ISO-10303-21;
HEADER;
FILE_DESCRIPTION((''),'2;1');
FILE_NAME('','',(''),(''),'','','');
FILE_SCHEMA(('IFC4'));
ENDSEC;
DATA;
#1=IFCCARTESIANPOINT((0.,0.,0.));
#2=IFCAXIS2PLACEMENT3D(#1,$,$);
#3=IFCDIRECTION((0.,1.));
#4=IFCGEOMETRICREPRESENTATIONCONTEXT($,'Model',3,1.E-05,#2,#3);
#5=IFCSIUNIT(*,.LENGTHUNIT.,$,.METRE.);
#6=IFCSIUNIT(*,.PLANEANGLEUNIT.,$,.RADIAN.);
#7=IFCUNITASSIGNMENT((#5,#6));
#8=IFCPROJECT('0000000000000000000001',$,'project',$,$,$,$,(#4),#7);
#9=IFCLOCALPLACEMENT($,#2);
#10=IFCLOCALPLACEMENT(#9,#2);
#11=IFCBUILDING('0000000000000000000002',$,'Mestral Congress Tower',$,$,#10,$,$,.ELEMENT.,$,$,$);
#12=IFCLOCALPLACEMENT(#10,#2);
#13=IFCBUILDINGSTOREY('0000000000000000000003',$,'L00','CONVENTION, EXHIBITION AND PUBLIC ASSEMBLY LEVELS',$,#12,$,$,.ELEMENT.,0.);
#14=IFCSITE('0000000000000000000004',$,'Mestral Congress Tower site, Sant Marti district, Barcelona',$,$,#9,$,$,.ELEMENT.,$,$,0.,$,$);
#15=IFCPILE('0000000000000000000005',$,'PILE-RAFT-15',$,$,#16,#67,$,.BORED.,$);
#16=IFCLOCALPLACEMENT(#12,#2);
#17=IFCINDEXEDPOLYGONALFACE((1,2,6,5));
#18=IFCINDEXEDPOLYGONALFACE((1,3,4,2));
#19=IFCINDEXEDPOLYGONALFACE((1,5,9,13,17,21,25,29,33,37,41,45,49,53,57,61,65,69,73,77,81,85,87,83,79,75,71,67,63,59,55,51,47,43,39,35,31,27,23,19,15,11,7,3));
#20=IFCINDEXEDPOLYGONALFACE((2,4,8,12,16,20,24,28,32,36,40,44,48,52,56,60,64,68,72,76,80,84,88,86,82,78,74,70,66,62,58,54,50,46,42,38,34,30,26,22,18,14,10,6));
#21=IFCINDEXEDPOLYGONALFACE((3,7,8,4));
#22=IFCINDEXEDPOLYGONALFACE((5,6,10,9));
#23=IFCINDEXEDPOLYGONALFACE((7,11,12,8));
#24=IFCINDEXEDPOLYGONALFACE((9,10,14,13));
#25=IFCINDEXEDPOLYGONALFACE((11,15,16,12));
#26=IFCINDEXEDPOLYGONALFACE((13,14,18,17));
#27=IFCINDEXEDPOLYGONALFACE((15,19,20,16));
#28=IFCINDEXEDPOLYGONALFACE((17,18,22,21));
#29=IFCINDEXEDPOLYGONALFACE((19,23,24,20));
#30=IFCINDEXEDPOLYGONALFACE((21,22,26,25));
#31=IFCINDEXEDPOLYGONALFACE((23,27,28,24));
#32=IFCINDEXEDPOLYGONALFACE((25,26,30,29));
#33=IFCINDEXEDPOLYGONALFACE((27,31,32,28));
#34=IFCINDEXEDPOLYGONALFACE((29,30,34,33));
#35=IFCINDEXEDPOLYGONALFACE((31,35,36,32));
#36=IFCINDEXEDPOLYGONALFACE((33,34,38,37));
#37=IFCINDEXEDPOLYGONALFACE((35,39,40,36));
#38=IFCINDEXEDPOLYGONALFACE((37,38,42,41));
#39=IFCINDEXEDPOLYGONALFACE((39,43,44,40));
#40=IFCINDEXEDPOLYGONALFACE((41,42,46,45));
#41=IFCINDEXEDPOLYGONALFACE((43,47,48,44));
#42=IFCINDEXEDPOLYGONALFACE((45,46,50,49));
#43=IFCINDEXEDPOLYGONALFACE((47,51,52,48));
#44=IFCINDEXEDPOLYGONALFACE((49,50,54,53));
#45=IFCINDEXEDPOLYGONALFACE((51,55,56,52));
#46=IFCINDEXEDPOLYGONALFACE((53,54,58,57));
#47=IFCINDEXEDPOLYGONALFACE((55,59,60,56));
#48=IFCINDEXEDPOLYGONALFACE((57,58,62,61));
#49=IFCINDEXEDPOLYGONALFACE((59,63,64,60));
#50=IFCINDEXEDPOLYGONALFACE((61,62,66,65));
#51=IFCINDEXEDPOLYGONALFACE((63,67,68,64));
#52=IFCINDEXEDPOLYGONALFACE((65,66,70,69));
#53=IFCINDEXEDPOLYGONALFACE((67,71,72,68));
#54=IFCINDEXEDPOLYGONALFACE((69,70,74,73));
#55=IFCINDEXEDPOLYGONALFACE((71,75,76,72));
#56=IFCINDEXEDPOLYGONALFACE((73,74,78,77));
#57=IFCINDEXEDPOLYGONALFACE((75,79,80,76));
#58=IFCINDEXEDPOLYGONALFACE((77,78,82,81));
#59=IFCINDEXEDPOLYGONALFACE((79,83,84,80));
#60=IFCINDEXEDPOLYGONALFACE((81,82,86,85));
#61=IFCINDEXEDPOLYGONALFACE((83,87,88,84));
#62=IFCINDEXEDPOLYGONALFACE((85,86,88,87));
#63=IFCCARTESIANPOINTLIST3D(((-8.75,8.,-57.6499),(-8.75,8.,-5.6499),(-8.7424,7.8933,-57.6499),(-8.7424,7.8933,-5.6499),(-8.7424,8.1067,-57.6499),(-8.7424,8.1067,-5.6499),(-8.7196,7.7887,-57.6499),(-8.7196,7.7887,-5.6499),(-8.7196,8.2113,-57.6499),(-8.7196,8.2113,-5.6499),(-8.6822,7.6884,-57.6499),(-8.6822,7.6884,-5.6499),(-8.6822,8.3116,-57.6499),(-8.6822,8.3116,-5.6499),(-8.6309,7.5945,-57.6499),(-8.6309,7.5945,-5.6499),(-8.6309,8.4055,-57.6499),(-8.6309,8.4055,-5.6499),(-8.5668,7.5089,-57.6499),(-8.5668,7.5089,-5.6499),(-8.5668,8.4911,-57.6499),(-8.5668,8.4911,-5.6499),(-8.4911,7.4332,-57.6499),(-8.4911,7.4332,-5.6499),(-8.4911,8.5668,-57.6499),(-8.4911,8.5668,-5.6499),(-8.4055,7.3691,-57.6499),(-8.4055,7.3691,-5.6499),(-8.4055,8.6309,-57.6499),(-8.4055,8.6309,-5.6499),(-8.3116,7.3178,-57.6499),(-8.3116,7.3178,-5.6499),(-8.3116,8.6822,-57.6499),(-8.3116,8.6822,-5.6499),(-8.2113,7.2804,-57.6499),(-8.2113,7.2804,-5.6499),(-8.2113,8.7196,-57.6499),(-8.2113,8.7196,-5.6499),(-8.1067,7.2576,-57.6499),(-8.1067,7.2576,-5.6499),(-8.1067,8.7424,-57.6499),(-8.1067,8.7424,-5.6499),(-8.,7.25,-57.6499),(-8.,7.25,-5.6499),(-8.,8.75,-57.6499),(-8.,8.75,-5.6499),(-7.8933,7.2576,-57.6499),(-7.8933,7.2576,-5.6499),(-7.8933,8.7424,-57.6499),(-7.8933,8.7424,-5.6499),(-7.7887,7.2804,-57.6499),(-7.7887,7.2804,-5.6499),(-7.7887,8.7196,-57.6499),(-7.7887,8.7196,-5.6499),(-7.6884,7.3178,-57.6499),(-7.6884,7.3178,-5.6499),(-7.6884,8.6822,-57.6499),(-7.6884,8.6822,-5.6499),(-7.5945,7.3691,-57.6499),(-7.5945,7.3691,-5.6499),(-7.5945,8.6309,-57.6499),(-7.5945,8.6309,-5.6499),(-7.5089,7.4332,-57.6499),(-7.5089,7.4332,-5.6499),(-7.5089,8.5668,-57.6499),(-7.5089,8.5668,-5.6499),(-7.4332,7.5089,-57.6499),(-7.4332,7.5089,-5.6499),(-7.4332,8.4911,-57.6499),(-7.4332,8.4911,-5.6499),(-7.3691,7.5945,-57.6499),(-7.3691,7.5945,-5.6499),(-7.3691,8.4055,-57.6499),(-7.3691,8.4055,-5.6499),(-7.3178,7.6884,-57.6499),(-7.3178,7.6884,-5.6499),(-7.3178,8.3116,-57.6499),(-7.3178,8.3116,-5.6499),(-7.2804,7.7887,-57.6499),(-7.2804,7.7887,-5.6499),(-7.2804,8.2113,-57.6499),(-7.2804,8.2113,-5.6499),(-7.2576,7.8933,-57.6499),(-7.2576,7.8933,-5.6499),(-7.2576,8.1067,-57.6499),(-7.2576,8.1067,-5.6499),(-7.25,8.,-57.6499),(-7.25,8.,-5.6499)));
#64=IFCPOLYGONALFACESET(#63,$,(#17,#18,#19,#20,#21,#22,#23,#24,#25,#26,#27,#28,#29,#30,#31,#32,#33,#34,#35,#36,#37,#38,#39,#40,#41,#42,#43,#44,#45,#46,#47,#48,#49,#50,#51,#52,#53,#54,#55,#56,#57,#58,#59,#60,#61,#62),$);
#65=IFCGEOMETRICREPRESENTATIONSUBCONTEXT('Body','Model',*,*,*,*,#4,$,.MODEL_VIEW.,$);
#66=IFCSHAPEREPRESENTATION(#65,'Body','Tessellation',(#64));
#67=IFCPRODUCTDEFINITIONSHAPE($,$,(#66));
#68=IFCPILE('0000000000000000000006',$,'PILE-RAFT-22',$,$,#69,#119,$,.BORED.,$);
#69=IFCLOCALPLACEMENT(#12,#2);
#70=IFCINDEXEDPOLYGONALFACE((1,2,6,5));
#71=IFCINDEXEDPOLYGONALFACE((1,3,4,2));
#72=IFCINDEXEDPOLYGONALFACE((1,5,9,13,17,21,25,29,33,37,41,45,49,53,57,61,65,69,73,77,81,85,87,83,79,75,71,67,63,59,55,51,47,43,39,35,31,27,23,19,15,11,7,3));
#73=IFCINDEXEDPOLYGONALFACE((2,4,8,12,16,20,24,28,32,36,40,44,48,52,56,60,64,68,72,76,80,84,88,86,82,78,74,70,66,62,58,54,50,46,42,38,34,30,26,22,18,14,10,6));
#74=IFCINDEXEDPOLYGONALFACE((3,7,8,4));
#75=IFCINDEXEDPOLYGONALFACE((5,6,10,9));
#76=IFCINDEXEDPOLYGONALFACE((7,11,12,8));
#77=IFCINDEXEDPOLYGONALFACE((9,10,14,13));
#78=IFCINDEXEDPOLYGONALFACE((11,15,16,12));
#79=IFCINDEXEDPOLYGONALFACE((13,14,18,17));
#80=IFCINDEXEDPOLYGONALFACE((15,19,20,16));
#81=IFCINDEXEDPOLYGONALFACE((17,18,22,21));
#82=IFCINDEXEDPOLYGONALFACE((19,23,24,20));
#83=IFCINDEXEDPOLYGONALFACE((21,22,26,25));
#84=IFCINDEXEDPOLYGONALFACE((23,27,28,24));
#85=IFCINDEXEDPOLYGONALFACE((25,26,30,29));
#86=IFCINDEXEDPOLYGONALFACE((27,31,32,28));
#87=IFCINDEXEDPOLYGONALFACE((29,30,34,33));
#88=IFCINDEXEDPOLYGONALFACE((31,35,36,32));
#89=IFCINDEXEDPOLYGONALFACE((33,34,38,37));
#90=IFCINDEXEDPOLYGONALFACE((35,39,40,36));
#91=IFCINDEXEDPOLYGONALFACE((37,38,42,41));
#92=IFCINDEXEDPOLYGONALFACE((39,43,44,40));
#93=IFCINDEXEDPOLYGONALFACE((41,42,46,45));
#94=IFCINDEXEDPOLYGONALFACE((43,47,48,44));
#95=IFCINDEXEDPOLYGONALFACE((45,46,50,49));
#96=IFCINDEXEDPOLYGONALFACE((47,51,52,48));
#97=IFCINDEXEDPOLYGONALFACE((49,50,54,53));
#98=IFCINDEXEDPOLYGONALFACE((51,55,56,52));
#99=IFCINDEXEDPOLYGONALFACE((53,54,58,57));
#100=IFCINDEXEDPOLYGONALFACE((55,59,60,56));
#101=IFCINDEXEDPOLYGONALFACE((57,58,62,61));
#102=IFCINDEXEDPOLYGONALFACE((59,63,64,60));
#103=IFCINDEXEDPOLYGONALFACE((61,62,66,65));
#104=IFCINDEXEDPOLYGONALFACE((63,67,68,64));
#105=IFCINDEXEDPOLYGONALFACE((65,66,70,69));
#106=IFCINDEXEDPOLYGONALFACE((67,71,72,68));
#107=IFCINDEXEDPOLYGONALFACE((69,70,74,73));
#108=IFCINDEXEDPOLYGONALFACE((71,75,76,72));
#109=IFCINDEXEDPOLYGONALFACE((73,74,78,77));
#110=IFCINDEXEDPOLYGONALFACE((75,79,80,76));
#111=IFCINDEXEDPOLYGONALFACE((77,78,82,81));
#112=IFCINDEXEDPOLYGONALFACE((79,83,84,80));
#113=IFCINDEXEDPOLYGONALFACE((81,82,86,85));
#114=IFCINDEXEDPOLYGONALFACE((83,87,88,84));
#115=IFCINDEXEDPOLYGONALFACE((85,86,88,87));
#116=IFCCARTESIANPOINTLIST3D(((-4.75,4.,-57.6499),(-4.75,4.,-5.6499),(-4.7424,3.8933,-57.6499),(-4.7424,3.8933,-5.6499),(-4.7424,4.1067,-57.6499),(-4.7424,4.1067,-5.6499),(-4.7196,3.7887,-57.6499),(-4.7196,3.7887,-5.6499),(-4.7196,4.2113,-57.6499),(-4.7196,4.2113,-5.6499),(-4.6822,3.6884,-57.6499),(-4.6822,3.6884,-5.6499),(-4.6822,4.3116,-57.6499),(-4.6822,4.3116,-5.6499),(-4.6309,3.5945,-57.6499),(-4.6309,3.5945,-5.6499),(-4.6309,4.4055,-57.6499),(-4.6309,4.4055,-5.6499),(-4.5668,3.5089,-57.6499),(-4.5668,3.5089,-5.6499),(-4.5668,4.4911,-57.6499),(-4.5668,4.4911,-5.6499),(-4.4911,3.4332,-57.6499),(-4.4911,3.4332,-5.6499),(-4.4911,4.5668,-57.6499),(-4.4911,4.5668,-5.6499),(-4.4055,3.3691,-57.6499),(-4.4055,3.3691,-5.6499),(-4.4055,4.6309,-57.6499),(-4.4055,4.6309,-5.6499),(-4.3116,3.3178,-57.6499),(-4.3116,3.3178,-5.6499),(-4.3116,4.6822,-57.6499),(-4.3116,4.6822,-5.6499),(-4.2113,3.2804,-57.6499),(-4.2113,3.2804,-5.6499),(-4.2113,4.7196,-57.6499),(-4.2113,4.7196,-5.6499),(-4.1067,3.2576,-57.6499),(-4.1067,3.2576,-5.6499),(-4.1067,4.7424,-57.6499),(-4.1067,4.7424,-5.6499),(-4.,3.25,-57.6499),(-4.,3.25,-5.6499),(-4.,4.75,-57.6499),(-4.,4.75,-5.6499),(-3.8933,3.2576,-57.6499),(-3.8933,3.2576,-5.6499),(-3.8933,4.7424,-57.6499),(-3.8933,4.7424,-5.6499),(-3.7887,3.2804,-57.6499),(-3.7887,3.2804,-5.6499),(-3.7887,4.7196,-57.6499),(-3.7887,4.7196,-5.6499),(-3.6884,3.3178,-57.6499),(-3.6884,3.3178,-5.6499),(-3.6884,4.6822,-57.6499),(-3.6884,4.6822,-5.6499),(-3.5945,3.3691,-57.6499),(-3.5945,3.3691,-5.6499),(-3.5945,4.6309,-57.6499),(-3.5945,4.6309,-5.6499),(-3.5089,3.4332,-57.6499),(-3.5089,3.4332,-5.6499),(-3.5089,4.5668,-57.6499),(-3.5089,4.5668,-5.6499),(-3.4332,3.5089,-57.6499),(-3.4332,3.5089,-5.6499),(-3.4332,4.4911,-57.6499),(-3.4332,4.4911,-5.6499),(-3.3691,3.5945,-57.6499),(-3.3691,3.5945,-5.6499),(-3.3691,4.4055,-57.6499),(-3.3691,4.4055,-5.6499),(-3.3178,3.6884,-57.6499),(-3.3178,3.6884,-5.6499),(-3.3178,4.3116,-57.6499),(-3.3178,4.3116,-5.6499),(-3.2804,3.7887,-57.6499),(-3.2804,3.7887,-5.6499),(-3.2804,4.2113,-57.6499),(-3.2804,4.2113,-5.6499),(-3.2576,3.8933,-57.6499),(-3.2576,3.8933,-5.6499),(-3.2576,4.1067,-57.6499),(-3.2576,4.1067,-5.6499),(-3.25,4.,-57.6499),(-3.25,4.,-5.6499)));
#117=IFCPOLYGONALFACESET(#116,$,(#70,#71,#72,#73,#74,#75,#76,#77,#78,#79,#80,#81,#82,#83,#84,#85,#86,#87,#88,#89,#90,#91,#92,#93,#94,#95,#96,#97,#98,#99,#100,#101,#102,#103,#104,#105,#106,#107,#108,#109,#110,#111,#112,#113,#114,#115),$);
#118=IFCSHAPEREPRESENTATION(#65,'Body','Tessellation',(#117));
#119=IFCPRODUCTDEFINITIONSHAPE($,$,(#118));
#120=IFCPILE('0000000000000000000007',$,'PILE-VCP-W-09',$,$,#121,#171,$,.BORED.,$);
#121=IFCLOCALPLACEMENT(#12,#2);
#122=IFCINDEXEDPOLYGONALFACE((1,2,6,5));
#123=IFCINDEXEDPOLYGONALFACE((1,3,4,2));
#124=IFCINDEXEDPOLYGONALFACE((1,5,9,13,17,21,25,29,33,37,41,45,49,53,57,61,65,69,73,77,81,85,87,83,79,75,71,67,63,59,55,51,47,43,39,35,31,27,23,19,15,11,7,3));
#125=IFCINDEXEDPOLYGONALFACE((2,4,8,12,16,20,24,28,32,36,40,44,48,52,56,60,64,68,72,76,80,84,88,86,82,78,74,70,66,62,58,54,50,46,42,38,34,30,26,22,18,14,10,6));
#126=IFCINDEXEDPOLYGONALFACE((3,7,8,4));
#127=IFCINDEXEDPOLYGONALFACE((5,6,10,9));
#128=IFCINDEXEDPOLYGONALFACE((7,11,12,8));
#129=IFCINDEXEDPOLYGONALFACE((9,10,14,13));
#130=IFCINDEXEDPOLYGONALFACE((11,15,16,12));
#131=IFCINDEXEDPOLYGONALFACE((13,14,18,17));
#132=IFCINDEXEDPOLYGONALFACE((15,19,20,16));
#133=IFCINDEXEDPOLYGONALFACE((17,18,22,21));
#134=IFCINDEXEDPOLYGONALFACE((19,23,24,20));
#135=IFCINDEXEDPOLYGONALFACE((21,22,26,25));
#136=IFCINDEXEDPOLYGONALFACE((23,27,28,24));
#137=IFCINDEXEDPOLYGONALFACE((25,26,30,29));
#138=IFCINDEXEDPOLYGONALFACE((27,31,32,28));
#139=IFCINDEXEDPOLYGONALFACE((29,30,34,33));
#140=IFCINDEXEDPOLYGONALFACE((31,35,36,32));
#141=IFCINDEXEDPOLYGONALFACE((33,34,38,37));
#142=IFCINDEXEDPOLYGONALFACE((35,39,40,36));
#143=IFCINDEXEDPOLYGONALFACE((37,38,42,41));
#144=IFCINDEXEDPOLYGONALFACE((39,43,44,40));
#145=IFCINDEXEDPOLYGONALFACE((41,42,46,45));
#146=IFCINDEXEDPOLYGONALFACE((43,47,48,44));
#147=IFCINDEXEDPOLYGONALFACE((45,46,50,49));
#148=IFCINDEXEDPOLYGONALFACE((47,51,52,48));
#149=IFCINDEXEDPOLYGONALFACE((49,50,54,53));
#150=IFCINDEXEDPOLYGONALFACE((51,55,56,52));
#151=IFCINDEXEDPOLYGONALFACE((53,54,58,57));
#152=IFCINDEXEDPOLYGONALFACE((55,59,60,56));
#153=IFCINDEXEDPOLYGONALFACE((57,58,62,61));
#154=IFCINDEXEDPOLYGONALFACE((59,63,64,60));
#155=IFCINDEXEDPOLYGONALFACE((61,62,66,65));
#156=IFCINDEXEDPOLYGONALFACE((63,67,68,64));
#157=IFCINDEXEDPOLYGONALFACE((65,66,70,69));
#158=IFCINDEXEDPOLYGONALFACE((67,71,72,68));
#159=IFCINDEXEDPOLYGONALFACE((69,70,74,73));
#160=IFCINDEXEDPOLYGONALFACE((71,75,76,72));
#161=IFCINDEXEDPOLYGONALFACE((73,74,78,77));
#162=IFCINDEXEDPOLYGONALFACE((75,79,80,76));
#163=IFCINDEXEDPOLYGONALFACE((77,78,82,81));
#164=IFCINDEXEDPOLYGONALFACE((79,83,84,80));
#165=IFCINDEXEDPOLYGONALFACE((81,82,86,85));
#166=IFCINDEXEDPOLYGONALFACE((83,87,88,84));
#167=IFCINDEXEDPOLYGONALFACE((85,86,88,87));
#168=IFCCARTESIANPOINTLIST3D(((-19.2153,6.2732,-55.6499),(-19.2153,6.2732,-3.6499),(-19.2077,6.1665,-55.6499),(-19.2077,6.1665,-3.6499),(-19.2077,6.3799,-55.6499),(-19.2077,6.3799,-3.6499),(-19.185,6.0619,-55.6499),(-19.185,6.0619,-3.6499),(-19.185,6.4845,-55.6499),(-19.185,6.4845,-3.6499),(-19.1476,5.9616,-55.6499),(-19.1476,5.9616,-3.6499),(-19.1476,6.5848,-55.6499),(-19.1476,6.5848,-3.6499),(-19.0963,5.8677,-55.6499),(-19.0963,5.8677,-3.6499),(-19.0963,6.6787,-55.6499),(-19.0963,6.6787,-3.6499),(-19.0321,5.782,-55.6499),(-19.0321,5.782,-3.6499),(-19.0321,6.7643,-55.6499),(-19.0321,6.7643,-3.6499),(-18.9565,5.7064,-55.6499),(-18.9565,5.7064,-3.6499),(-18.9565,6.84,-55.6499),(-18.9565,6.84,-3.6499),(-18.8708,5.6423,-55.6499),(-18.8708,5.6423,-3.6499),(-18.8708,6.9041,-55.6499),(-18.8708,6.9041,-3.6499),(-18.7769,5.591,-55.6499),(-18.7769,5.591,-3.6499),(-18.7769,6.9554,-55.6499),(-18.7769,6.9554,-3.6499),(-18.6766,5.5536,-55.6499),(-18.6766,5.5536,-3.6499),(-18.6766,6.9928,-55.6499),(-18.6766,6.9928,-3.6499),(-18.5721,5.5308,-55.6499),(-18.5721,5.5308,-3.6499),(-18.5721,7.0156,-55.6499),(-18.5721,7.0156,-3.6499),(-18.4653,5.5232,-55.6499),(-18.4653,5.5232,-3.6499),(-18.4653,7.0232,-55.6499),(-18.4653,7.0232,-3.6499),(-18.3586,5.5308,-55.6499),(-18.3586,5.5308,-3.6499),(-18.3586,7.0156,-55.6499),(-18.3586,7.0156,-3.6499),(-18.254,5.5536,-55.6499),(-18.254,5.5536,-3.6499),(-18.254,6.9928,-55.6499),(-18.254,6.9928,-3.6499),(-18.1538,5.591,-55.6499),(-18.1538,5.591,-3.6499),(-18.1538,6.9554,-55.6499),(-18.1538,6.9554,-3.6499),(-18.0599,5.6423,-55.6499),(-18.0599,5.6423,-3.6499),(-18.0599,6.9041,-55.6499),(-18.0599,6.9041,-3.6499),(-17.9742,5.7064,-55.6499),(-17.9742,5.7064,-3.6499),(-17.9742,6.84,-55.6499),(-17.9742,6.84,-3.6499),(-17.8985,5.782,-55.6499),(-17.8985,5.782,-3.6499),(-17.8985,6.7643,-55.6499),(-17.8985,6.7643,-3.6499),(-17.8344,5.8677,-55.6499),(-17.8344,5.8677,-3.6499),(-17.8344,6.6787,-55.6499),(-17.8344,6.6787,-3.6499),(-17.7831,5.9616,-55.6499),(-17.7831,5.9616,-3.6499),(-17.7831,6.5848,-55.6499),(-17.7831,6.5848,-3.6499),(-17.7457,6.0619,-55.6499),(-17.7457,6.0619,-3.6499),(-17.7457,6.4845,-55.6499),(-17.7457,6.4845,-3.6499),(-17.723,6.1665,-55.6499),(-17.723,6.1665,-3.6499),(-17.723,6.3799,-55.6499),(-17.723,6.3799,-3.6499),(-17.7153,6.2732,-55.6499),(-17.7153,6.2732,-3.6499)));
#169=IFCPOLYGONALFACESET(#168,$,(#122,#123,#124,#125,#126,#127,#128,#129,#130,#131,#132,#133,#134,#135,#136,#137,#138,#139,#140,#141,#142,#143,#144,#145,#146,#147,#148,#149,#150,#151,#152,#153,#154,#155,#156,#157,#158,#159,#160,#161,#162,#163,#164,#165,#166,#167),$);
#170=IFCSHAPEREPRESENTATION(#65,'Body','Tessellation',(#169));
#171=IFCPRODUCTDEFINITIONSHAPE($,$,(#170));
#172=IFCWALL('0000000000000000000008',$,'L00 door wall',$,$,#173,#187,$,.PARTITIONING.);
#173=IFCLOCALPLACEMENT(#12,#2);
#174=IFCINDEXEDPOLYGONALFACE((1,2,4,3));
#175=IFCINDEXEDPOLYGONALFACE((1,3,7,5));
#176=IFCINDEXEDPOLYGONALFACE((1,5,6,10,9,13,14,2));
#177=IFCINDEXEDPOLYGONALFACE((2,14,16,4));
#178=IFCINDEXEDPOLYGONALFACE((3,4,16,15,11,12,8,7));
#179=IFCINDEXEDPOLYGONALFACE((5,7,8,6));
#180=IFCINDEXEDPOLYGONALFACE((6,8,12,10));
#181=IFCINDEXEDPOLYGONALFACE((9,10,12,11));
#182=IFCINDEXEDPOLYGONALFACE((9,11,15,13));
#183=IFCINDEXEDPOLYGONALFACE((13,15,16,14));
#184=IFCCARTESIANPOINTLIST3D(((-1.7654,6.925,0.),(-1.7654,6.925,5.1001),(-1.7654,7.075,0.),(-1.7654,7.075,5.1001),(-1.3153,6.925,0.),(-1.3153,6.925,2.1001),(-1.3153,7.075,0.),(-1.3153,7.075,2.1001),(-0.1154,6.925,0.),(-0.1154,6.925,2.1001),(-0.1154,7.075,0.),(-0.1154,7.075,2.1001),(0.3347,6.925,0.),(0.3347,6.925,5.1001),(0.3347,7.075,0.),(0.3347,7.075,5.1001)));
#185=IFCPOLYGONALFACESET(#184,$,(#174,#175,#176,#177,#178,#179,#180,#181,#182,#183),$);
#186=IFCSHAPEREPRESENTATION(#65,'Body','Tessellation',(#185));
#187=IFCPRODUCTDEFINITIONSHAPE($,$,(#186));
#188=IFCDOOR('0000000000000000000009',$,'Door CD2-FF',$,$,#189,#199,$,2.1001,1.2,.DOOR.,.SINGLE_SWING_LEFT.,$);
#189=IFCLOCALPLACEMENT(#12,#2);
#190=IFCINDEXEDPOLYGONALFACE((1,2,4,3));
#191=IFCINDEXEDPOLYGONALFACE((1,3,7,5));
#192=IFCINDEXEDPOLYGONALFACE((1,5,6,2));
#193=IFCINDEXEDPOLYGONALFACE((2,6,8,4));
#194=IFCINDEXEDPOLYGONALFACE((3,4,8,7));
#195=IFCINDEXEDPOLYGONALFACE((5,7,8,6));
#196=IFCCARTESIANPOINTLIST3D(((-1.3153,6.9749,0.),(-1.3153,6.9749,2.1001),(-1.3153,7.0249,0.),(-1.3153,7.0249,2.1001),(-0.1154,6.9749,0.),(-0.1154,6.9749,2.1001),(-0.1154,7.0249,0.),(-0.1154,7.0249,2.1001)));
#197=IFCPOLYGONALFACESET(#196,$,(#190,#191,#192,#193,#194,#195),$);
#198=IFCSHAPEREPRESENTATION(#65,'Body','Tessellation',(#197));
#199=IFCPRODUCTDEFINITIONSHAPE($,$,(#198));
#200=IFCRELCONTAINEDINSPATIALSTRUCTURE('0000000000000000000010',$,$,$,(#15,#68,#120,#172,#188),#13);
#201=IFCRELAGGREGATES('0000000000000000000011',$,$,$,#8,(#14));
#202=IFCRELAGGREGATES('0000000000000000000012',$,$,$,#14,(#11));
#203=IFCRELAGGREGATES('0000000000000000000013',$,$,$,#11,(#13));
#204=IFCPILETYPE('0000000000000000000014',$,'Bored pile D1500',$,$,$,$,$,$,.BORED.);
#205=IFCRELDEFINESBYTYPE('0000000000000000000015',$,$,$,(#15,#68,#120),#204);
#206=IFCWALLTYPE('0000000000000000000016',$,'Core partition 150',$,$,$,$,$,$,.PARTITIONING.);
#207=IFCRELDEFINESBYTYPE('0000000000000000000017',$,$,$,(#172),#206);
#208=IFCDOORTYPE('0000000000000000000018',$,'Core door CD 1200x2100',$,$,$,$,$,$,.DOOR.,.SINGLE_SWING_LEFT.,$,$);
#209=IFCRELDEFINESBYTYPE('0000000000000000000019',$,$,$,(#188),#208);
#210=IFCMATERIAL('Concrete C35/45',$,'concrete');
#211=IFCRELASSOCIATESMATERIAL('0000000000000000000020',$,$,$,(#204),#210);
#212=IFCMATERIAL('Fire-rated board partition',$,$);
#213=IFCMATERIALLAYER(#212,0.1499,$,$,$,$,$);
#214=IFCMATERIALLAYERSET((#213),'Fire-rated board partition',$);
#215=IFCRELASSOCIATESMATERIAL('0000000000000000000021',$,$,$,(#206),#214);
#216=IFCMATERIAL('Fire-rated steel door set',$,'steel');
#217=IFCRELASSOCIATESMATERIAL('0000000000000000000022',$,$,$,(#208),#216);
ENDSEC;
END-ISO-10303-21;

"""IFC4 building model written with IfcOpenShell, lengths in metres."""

from ifc_helpers import new_model, si_unit, direction, frame, frame_2d, origin, origin_2d, place, context, subcontext, project, spatial, rectangle, circle, extrude, material, layer, layer_set, material_profile, profile_set, type_object, element, fill, save


model = new_model("IFC4")

# Units and contexts
model_context = context("Model", 3, precision=1e-05, world=origin(), true_north=direction((0.0, 1.0)))
body_context = subcontext(model_context, "Body", "Model", "MODEL_VIEW")
ifc_project = project(units=[si_unit("LENGTHUNIT", "METRE"), si_unit("PLANEANGLEUNIT", "RADIAN")], contexts=[model_context])

# Site, building, storey
site_placement = place(None, origin())
site = spatial("IfcSite", under=ifc_project, at=site_placement, Name="Mestral Congress Tower site, Sant Marti district, Barcelona", CompositionType="ELEMENT", RefElevation=0.0)
building_placement = place(site_placement, origin())
building = spatial("IfcBuilding", under=site, at=building_placement, Name="Mestral Congress Tower", CompositionType="ELEMENT")
storey_placement = place(building_placement, origin())
storey = spatial("IfcBuildingStorey", under=building, at=storey_placement, Name="L00", Description="CONVENTION, EXHIBITION AND PUBLIC ASSEMBLY LEVELS", CompositionType="ELEMENT", Elevation=0.0)

# Piles
ifc_material_1 = material(Name="Concrete C35/45", Category="concrete")
ifc_material_profile = material_profile(ifc_material_1, circle(Radius=0.75, at=origin_2d()), Name="D1500")
ifc_profile_set = profile_set([ifc_material_profile], Name="Concrete C35/45")
pile_type = type_object("IfcPileType", Name="Bored pile D1500", PredefinedType="BORED", material=ifc_profile_set)
for number, where, z_axis, x_axis, name in (
    (1, (-8.0, 8.0, -5.6499), (0.0, 0.0, -1.0), (1.0, 0.0, 0.0), "PILE-RAFT-15"),
    (2, (-4.0, 4.0, -5.6499), (0.0, 0.0, -1.0), (1.0, 0.0, 0.0), "PILE-RAFT-22"),
    (3, (-18.4653, 6.2732, -3.6499), (0.0, 0.0, -1.0), (1.0, 0.0, 0.0), "PILE-VCP-W-09"),
):
    element("IfcPile", number, at=place(storey_placement, frame(where, z_axis=z_axis, x_axis=x_axis)), inside=storey, type_object=pile_type, Name=name, PredefinedType="BORED", context=body_context, shape_type="SweptSolid", body=[
        extrude(circle(Radius=0.75, at=origin_2d()), origin(), (0.0, 0.0, 1.0), 52.0),
    ])

# Wall, opening, door
ifc_material_2 = material(Name="Fire-rated board partition")
ifc_layer_1 = layer(ifc_material_2, 0.1499)
ifc_layer_set_1 = layer_set([ifc_layer_1], Name="Fire-rated board partition")
wall_type_1 = type_object("IfcWallType", Name="Core partition 150", PredefinedType="PARTITIONING", material=ifc_layer_set_1)
wall_1_placement = place(storey_placement, frame((-1.7654, 7.0, 0.0), z_axis=(0.0, 0.0, 1.0), x_axis=(1.0, 0.0, 0.0)))
wall_1 = element("IfcWall", 4, at=wall_1_placement, inside=storey, type_object=wall_type_1, Name="L00 door wall", PredefinedType="PARTITIONING", context=body_context, shape_type="SweptSolid", body=[
    extrude(rectangle(XDim=2.1001, YDim=0.1499, at=frame_2d((1.05, 0.0))), origin(), (0.0, 0.0, 1.0), 5.1001),
])
opening_1_placement = place(wall_1_placement, frame((0.45, 0.0, 0.0)))
opening_1 = element("IfcOpeningElement", 5, at=opening_1_placement, cuts=wall_1, PredefinedType="OPENING", context=body_context, shape_type="SweptSolid", body=[
    extrude(rectangle(XDim=1.2, YDim=2.1001, at=frame_2d((0.6001, 1.05))), frame((0.0, 0.085, 0.0), z_axis=(0.0, -1.0, 0.0), x_axis=(1.0, 0.0, 0.0)), (0.0, 0.0, 1.0), 0.1699),
])
ifc_material_3 = material(Name="Fire-rated steel door set", Category="steel")
door_type_1 = type_object("IfcDoorType", Name="Core door CD 1200x2100", OperationType="SINGLE_SWING_LEFT", PredefinedType="DOOR", material=ifc_material_3)
door_1_placement = place(opening_1_placement, origin())
door_1 = element("IfcDoor", 6, at=door_1_placement, inside=storey, type_object=door_type_1, Name="Door CD2-FF", OperationType="SINGLE_SWING_LEFT", OverallHeight=2.1001, OverallWidth=1.2, PredefinedType="DOOR", context=body_context, shape_type="SweptSolid", body=[
    extrude(rectangle(XDim=1.2, YDim=2.1001, at=frame_2d((0.6001, 1.05))), frame((0.0, 0.0249, 0.0), z_axis=(0.0, -1.0, 0.0), x_axis=(1.0, 0.0, 0.0)), (0.0, 0.0, 1.0), 0.05),
])
fill(opening_1, door_1)

save(model, "model.ifc")
